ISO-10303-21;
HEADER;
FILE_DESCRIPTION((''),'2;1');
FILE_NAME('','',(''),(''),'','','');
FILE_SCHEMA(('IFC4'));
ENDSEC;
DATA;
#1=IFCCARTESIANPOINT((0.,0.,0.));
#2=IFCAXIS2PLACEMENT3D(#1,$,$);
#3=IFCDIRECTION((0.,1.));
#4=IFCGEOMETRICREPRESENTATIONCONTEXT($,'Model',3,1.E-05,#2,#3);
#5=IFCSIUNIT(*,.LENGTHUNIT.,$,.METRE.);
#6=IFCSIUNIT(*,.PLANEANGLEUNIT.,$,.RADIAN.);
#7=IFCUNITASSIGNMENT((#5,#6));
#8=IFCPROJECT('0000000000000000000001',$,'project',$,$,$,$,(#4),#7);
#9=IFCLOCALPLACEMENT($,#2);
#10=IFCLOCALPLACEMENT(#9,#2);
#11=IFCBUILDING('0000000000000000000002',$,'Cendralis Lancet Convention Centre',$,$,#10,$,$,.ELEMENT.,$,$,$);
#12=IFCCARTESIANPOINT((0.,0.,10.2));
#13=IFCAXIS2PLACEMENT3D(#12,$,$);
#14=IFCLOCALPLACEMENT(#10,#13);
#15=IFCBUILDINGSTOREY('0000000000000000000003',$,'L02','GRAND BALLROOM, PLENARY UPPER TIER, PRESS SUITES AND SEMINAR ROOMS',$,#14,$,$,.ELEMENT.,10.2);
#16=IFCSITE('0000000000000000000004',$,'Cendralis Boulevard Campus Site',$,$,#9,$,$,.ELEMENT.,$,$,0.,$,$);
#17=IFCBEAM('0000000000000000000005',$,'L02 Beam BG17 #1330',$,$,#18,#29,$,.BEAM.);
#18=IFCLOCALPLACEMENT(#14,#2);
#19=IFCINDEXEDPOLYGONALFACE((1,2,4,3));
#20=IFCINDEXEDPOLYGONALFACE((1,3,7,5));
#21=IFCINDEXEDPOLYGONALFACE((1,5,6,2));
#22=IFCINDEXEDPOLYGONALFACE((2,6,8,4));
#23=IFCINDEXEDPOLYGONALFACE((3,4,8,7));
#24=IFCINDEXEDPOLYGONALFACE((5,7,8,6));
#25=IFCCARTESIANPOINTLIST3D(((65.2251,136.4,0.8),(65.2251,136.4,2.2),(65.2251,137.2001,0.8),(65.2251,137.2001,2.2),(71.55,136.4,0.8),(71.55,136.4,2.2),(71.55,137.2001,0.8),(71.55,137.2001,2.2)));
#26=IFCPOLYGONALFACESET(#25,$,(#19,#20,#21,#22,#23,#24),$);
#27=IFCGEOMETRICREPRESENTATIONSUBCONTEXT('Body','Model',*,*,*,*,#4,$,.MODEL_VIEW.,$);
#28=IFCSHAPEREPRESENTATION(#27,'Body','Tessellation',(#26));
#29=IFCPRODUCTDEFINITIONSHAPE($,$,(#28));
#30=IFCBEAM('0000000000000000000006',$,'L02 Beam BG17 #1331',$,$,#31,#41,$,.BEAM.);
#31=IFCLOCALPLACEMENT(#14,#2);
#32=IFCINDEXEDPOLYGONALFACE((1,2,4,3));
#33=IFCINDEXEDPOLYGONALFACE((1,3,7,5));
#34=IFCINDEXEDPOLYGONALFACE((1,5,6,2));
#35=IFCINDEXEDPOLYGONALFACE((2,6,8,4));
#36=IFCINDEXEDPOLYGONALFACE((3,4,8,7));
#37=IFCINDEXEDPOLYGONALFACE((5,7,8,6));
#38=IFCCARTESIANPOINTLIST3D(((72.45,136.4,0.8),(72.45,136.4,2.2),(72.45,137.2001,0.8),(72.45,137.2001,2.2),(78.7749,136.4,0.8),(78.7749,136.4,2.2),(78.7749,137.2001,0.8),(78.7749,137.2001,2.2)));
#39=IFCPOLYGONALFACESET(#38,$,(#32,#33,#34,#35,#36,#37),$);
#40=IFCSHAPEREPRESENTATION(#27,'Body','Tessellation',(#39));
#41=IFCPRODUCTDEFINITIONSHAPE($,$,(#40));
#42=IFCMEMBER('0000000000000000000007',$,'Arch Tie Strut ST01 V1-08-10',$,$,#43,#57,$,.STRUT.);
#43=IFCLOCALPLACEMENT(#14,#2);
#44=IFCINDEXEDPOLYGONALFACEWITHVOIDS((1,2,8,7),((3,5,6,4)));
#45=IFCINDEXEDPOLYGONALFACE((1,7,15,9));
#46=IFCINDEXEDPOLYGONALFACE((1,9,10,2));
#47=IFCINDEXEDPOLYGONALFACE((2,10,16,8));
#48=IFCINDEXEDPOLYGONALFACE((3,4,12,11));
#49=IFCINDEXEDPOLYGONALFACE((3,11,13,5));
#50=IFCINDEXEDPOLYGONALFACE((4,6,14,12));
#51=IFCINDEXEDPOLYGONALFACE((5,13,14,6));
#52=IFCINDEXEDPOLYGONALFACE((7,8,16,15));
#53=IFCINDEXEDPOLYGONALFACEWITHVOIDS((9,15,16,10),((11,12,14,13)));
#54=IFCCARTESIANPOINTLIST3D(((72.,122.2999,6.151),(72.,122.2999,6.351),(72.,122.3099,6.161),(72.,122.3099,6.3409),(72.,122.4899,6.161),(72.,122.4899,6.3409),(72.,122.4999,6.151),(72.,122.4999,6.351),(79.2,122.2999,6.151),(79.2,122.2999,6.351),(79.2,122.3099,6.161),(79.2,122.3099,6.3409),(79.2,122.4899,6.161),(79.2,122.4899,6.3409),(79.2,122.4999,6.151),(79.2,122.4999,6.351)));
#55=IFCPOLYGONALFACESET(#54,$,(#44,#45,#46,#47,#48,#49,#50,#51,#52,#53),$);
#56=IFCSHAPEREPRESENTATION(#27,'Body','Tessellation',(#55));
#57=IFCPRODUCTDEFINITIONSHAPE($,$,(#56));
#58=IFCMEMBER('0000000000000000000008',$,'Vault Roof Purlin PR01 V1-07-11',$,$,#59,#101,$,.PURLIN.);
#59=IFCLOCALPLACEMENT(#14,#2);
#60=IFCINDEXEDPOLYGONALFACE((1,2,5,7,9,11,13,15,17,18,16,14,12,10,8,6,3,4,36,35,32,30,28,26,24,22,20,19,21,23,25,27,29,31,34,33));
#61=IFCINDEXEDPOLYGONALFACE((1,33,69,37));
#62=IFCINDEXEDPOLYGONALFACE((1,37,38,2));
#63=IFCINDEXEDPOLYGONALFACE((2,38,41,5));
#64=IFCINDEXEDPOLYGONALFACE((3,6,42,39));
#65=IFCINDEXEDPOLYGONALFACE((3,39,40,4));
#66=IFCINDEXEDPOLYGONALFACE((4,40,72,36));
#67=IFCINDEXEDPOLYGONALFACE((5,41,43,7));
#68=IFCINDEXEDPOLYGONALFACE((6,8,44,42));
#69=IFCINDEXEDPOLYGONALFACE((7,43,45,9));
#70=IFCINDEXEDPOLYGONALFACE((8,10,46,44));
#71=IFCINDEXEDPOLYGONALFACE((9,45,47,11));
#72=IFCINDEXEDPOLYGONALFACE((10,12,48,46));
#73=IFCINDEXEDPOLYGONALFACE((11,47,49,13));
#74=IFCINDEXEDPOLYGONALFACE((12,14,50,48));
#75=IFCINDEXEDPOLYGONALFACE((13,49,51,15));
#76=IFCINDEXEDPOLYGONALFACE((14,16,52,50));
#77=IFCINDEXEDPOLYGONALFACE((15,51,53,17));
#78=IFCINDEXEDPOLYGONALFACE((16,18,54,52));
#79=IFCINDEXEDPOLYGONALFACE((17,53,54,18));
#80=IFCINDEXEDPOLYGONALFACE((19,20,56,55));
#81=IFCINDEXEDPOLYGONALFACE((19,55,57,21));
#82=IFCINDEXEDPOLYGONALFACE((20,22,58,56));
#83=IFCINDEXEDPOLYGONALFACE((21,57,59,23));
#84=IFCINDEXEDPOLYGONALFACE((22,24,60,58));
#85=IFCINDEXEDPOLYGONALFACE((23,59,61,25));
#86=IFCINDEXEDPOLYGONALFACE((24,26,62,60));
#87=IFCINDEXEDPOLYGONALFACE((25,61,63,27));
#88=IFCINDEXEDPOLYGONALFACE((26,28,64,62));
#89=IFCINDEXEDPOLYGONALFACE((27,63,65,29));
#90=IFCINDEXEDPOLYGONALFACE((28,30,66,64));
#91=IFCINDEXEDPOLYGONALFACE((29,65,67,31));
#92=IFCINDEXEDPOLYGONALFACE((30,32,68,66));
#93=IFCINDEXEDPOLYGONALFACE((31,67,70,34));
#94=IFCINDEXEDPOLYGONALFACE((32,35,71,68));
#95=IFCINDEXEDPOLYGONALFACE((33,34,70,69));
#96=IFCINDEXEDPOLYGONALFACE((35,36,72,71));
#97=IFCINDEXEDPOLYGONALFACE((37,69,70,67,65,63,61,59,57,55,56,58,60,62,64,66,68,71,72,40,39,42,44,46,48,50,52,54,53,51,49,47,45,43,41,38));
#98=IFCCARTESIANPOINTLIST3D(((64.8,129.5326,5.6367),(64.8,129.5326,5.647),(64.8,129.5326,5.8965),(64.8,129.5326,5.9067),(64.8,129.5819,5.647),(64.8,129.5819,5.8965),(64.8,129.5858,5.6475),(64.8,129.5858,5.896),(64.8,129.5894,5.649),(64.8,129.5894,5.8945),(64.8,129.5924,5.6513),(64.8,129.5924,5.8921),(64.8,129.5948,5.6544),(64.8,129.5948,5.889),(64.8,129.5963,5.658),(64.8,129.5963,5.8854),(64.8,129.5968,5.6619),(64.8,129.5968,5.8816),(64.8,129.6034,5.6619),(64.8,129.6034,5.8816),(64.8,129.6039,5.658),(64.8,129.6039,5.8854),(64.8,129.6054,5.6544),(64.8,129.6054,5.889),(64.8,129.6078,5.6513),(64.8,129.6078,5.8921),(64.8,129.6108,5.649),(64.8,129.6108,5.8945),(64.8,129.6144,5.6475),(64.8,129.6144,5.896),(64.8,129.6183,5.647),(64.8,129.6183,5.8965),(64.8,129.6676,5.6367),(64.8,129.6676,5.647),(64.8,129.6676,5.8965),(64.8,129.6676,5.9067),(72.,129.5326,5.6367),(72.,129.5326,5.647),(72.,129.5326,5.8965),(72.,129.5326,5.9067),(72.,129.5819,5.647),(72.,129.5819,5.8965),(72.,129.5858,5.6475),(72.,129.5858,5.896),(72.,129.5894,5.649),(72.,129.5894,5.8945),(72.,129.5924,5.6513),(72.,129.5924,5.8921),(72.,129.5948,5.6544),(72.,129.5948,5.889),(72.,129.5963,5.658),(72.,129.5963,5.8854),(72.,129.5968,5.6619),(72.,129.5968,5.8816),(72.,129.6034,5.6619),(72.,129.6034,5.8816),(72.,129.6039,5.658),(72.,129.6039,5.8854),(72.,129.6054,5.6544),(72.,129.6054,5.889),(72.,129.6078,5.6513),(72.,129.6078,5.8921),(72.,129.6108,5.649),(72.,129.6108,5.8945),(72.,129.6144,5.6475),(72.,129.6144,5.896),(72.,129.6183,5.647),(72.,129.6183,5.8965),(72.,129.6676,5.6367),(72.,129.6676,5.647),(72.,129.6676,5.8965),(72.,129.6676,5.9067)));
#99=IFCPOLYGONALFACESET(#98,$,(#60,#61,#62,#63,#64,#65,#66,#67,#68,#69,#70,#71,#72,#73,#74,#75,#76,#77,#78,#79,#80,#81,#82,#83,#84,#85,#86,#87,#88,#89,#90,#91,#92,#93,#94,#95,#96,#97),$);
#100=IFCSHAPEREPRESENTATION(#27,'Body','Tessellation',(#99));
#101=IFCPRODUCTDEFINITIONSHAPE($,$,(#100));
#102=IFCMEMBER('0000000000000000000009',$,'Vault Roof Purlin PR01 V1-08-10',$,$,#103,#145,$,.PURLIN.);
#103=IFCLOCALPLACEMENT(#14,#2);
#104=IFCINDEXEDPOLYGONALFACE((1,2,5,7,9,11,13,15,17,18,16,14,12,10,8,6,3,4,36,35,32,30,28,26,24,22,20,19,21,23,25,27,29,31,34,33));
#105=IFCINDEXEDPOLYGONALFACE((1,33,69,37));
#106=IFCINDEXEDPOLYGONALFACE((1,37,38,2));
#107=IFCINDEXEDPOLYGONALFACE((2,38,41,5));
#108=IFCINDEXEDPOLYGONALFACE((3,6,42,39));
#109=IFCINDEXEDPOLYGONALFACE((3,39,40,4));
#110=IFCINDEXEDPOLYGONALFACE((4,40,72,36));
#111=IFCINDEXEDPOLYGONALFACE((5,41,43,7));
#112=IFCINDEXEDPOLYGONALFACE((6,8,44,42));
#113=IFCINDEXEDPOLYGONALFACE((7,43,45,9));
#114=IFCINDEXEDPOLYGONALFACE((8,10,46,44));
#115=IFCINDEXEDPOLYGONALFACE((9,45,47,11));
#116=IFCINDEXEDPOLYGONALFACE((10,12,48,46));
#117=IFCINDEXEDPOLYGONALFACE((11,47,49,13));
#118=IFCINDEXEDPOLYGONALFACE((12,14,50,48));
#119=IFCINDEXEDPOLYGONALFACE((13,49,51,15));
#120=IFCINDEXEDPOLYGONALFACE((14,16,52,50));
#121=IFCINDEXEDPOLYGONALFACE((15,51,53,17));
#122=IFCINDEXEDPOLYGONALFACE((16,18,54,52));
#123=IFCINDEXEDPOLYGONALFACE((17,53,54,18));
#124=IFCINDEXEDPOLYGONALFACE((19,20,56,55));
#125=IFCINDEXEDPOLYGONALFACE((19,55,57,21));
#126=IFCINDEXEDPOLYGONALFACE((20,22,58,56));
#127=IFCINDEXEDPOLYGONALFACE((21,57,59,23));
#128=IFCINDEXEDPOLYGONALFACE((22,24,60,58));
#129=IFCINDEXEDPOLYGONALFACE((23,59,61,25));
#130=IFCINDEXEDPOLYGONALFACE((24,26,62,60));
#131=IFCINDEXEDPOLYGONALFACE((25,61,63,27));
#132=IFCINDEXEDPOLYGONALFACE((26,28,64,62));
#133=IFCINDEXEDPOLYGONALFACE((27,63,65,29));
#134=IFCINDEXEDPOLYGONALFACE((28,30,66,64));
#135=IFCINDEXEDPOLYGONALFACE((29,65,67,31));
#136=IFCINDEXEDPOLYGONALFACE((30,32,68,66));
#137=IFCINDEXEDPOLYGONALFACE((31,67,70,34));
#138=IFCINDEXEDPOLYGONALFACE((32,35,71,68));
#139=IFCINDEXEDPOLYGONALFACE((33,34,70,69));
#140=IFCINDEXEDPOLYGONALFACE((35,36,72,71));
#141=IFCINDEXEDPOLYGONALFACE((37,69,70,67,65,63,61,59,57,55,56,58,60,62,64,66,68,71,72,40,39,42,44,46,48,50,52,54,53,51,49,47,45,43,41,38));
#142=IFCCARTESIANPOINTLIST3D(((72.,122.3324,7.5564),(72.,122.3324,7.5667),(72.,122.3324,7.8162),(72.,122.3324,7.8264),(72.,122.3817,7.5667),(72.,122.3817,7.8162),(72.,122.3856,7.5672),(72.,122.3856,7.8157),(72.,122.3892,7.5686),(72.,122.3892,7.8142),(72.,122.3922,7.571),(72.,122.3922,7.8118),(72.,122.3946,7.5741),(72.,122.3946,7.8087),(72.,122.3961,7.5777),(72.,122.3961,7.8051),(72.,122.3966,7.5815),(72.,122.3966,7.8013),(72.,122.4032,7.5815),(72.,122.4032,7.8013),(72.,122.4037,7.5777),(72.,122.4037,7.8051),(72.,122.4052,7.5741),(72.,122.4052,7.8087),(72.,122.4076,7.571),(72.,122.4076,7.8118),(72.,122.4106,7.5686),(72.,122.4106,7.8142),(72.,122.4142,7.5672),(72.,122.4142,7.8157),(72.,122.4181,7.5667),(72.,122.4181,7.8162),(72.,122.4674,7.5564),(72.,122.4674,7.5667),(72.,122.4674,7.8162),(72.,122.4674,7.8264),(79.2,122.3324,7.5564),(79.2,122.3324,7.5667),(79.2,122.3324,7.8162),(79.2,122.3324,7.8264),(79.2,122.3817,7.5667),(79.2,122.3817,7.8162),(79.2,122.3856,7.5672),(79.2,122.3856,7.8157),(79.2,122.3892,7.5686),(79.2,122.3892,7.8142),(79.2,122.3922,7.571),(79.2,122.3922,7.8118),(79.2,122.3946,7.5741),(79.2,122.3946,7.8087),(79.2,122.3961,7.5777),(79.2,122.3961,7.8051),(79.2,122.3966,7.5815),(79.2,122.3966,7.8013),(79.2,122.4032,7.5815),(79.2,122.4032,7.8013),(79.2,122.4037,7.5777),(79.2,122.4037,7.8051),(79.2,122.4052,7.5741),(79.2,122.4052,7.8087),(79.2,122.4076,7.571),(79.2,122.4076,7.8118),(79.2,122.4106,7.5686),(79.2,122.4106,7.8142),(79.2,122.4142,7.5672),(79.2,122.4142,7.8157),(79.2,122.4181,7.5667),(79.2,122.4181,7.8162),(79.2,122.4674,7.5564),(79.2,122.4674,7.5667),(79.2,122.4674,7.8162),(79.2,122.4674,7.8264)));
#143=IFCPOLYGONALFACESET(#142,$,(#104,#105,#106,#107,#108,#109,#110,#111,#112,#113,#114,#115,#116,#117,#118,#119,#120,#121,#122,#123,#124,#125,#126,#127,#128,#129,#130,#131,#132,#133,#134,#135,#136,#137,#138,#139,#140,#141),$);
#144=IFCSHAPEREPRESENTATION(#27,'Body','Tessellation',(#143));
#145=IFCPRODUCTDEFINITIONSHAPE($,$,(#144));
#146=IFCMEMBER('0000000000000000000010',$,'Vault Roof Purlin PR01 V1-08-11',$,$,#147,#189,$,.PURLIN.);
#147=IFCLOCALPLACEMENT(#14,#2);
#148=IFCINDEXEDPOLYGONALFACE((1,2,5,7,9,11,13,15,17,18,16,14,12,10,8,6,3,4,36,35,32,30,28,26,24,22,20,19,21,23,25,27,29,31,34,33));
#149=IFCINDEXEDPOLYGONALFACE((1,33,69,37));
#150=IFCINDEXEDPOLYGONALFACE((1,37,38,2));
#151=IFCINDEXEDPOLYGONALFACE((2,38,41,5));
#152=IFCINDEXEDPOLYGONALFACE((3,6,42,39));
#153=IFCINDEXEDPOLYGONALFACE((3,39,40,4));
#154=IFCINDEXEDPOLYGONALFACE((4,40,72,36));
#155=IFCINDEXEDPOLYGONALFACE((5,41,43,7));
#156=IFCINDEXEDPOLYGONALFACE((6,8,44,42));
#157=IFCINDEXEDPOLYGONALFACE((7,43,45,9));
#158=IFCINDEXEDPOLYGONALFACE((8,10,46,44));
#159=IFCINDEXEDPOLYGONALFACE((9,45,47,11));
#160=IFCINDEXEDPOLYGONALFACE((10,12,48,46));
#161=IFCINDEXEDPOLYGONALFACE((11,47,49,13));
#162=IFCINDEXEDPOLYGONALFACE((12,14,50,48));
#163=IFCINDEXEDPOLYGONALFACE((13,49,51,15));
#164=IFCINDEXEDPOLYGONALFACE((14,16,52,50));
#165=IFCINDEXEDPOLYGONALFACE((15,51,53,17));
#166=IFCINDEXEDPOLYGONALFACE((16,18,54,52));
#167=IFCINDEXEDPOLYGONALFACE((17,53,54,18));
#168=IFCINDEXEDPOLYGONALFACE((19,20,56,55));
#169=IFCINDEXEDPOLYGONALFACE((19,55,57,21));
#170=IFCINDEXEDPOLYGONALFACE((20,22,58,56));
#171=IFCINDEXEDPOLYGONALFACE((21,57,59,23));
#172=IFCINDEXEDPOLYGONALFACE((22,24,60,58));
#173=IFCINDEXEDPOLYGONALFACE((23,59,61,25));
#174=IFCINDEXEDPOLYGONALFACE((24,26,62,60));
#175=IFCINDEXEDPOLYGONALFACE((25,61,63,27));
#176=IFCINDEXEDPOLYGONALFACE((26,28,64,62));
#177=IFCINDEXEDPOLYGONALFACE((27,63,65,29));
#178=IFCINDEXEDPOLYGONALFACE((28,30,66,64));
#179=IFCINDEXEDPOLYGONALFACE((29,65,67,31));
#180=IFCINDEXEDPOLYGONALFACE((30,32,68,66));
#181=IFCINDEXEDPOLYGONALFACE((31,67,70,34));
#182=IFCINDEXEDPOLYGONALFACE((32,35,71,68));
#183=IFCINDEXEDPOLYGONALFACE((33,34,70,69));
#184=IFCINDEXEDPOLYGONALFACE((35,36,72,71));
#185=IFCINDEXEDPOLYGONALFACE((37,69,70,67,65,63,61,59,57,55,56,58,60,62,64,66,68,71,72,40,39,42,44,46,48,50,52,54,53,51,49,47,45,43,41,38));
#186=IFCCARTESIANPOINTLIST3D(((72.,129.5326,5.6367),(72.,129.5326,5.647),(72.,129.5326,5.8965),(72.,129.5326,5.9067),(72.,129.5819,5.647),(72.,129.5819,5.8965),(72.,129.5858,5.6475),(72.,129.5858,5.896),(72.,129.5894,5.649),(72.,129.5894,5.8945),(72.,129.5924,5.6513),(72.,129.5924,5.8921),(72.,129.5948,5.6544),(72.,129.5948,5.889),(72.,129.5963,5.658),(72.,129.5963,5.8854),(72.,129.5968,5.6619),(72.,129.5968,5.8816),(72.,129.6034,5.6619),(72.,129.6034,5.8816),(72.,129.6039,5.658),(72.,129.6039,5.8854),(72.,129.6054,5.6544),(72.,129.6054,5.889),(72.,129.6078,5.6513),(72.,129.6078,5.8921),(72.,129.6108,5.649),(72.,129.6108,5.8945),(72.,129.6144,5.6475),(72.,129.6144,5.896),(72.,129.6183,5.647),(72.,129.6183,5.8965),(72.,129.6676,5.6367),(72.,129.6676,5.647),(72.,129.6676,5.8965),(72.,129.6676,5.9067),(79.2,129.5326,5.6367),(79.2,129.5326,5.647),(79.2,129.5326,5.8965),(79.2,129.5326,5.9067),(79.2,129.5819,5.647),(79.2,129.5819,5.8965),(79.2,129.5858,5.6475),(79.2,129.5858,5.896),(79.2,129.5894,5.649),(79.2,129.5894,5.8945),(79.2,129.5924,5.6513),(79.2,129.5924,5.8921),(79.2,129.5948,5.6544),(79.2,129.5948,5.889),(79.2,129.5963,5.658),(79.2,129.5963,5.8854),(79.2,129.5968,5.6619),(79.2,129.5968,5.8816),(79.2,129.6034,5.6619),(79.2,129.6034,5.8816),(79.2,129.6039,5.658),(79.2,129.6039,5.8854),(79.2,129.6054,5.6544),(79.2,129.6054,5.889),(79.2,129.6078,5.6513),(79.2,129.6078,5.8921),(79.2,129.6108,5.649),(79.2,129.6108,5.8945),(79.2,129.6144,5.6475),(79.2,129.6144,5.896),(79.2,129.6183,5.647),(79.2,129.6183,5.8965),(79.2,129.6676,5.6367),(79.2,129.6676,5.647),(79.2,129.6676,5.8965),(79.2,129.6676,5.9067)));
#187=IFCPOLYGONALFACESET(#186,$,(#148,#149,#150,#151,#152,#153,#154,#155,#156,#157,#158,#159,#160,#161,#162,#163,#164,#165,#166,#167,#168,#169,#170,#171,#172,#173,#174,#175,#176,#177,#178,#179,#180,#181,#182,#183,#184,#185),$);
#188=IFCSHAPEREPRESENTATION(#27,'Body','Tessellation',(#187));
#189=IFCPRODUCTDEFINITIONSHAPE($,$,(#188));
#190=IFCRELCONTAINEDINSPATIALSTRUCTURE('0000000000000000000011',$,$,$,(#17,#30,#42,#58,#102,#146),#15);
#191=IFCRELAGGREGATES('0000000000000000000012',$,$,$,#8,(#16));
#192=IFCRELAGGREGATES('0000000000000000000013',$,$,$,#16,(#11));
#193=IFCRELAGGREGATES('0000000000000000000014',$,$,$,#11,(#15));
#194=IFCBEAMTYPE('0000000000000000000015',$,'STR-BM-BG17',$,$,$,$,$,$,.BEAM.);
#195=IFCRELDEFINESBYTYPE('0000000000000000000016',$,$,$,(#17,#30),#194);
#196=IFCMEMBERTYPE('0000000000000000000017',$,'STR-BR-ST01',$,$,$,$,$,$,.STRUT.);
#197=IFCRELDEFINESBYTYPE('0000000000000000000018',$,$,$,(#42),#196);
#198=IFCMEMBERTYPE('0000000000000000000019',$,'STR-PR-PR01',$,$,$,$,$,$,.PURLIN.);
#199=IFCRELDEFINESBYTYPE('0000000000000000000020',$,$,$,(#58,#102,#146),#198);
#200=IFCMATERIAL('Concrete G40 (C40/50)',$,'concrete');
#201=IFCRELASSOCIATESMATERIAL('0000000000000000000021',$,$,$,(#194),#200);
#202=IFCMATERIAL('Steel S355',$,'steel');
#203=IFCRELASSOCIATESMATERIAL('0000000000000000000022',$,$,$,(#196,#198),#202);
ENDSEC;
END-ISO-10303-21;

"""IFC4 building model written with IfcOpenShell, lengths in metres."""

from ifc_helpers import new_model, si_unit, direction, frame, origin, origin_2d, place, context, subcontext, project, spatial, rectangle, hollow_rectangle, i_section, extrude, material, material_profile, profile_set, type_object, element, save


model = new_model("IFC4")

# Units and contexts
model_context = context("Model", 3, precision=1e-05, world=origin(), true_north=direction((0.0, 1.0)))
body_context = subcontext(model_context, "Body", "Model", "MODEL_VIEW")
ifc_project = project(units=[si_unit("LENGTHUNIT", "METRE"), si_unit("PLANEANGLEUNIT", "RADIAN")], contexts=[model_context])

# Site, building, storey
site_placement = place(None, origin())
site = spatial("IfcSite", under=ifc_project, at=site_placement, Name="Cendralis Boulevard Campus Site", CompositionType="ELEMENT", RefElevation=0.0)
building_placement = place(site_placement, origin())
building = spatial("IfcBuilding", under=site, at=building_placement, Name="Cendralis Lancet Convention Centre", CompositionType="ELEMENT")
storey_placement = place(building_placement, frame((0.0, 0.0, 10.2)))
storey = spatial("IfcBuildingStorey", under=building, at=storey_placement, Name="L02", Description="GRAND BALLROOM, PLENARY UPPER TIER, PRESS SUITES AND SEMINAR ROOMS", CompositionType="ELEMENT", Elevation=10.2)

# Beams
ifc_material_1 = material(Name="Concrete G40 (C40/50)", Category="concrete")
ifc_material_profile_1 = material_profile(ifc_material_1, rectangle(XDim=0.8, YDim=1.3999, at=origin_2d()), Name="RCB 800x1400")
ifc_profile_set_1 = profile_set([ifc_material_profile_1], Name="Concrete G40 (C40/50)")
beam_type = type_object("IfcBeamType", Name="STR-BM-BG17", PredefinedType="BEAM", material=ifc_profile_set_1)
for number, where, z_axis, x_axis, name in (
    (1, (65.2251, 136.8, 1.5), (1.0, 0.0, 0.0), (0.0, 1.0, 0.0), "L02 Beam BG17 #1330"),
    (2, (72.45, 136.8, 1.5), (1.0, 0.0, 0.0), (0.0, 1.0, 0.0), "L02 Beam BG17 #1331"),
):
    element("IfcBeam", number, at=place(storey_placement, frame(where, z_axis=z_axis, x_axis=x_axis)), inside=storey, type_object=beam_type, Name=name, PredefinedType="BEAM", context=body_context, shape_type="SweptSolid", body=[
        extrude(rectangle(XDim=0.8, YDim=1.3999, at=origin_2d()), origin(), (0.0, 0.0, 1.0), 6.325),
    ])

# Members
ifc_material_2 = material(Name="Steel S355", Category="steel")
ifc_material_profile_2 = material_profile(ifc_material_2, hollow_rectangle(XDim=0.2, YDim=0.2, WallThickness=0.01, at=origin_2d()), Name="SHS 200x200x10.0")
ifc_profile_set_2 = profile_set([ifc_material_profile_2], Name="Steel S355")
member_type_1 = type_object("IfcMemberType", Name="STR-BR-ST01", PredefinedType="STRUT", material=ifc_profile_set_2)
member_1_placement = place(storey_placement, frame((72.0, 122.3999, 6.251), z_axis=(1.0, 0.0, 0.0), x_axis=(0.0, 1.0, 0.0)))
element("IfcMember", 3, at=member_1_placement, inside=storey, type_object=member_type_1, Name="Arch Tie Strut ST01 V1-08-10", PredefinedType="STRUT", context=body_context, shape_type="SweptSolid", body=[
    extrude(hollow_rectangle(XDim=0.2, YDim=0.2, WallThickness=0.01, at=origin_2d()), origin(), (0.0, 0.0, 1.0), 7.2),
])
ifc_material_profile_3 = material_profile(ifc_material_2, i_section(OverallWidth=0.135, OverallDepth=0.27, WebThickness=0.0066, FlangeThickness=0.0103, FilletRadius=0.0149, at=origin_2d()), Name="IPE 270")
ifc_profile_set_3 = profile_set([ifc_material_profile_3], Name="Steel S355")
member_type_2 = type_object("IfcMemberType", Name="STR-PR-PR01", PredefinedType="PURLIN", material=ifc_profile_set_3)
for number, where, z_axis, x_axis, name in (
    (4, (64.8, 129.6001, 5.7717), (1.0, 0.0, 0.0), (0.0, 1.0, 0.0), "Vault Roof Purlin PR01 V1-07-11"),
    (5, (72.0, 122.3999, 7.6914), (1.0, 0.0, 0.0), (0.0, 1.0, 0.0), "Vault Roof Purlin PR01 V1-08-10"),
    (6, (72.0, 129.6001, 5.7717), (1.0, 0.0, 0.0), (0.0, 1.0, 0.0), "Vault Roof Purlin PR01 V1-08-11"),
):
    element("IfcMember", number, at=place(storey_placement, frame(where, z_axis=z_axis, x_axis=x_axis)), inside=storey, type_object=member_type_2, Name=name, PredefinedType="PURLIN", context=body_context, shape_type="SweptSolid", body=[
        extrude(i_section(OverallWidth=0.135, OverallDepth=0.27, WebThickness=0.0066, FlangeThickness=0.0103, FilletRadius=0.0149, at=origin_2d()), origin(), (0.0, 0.0, 1.0), 7.2),
    ])

save(model, "model.ifc")
